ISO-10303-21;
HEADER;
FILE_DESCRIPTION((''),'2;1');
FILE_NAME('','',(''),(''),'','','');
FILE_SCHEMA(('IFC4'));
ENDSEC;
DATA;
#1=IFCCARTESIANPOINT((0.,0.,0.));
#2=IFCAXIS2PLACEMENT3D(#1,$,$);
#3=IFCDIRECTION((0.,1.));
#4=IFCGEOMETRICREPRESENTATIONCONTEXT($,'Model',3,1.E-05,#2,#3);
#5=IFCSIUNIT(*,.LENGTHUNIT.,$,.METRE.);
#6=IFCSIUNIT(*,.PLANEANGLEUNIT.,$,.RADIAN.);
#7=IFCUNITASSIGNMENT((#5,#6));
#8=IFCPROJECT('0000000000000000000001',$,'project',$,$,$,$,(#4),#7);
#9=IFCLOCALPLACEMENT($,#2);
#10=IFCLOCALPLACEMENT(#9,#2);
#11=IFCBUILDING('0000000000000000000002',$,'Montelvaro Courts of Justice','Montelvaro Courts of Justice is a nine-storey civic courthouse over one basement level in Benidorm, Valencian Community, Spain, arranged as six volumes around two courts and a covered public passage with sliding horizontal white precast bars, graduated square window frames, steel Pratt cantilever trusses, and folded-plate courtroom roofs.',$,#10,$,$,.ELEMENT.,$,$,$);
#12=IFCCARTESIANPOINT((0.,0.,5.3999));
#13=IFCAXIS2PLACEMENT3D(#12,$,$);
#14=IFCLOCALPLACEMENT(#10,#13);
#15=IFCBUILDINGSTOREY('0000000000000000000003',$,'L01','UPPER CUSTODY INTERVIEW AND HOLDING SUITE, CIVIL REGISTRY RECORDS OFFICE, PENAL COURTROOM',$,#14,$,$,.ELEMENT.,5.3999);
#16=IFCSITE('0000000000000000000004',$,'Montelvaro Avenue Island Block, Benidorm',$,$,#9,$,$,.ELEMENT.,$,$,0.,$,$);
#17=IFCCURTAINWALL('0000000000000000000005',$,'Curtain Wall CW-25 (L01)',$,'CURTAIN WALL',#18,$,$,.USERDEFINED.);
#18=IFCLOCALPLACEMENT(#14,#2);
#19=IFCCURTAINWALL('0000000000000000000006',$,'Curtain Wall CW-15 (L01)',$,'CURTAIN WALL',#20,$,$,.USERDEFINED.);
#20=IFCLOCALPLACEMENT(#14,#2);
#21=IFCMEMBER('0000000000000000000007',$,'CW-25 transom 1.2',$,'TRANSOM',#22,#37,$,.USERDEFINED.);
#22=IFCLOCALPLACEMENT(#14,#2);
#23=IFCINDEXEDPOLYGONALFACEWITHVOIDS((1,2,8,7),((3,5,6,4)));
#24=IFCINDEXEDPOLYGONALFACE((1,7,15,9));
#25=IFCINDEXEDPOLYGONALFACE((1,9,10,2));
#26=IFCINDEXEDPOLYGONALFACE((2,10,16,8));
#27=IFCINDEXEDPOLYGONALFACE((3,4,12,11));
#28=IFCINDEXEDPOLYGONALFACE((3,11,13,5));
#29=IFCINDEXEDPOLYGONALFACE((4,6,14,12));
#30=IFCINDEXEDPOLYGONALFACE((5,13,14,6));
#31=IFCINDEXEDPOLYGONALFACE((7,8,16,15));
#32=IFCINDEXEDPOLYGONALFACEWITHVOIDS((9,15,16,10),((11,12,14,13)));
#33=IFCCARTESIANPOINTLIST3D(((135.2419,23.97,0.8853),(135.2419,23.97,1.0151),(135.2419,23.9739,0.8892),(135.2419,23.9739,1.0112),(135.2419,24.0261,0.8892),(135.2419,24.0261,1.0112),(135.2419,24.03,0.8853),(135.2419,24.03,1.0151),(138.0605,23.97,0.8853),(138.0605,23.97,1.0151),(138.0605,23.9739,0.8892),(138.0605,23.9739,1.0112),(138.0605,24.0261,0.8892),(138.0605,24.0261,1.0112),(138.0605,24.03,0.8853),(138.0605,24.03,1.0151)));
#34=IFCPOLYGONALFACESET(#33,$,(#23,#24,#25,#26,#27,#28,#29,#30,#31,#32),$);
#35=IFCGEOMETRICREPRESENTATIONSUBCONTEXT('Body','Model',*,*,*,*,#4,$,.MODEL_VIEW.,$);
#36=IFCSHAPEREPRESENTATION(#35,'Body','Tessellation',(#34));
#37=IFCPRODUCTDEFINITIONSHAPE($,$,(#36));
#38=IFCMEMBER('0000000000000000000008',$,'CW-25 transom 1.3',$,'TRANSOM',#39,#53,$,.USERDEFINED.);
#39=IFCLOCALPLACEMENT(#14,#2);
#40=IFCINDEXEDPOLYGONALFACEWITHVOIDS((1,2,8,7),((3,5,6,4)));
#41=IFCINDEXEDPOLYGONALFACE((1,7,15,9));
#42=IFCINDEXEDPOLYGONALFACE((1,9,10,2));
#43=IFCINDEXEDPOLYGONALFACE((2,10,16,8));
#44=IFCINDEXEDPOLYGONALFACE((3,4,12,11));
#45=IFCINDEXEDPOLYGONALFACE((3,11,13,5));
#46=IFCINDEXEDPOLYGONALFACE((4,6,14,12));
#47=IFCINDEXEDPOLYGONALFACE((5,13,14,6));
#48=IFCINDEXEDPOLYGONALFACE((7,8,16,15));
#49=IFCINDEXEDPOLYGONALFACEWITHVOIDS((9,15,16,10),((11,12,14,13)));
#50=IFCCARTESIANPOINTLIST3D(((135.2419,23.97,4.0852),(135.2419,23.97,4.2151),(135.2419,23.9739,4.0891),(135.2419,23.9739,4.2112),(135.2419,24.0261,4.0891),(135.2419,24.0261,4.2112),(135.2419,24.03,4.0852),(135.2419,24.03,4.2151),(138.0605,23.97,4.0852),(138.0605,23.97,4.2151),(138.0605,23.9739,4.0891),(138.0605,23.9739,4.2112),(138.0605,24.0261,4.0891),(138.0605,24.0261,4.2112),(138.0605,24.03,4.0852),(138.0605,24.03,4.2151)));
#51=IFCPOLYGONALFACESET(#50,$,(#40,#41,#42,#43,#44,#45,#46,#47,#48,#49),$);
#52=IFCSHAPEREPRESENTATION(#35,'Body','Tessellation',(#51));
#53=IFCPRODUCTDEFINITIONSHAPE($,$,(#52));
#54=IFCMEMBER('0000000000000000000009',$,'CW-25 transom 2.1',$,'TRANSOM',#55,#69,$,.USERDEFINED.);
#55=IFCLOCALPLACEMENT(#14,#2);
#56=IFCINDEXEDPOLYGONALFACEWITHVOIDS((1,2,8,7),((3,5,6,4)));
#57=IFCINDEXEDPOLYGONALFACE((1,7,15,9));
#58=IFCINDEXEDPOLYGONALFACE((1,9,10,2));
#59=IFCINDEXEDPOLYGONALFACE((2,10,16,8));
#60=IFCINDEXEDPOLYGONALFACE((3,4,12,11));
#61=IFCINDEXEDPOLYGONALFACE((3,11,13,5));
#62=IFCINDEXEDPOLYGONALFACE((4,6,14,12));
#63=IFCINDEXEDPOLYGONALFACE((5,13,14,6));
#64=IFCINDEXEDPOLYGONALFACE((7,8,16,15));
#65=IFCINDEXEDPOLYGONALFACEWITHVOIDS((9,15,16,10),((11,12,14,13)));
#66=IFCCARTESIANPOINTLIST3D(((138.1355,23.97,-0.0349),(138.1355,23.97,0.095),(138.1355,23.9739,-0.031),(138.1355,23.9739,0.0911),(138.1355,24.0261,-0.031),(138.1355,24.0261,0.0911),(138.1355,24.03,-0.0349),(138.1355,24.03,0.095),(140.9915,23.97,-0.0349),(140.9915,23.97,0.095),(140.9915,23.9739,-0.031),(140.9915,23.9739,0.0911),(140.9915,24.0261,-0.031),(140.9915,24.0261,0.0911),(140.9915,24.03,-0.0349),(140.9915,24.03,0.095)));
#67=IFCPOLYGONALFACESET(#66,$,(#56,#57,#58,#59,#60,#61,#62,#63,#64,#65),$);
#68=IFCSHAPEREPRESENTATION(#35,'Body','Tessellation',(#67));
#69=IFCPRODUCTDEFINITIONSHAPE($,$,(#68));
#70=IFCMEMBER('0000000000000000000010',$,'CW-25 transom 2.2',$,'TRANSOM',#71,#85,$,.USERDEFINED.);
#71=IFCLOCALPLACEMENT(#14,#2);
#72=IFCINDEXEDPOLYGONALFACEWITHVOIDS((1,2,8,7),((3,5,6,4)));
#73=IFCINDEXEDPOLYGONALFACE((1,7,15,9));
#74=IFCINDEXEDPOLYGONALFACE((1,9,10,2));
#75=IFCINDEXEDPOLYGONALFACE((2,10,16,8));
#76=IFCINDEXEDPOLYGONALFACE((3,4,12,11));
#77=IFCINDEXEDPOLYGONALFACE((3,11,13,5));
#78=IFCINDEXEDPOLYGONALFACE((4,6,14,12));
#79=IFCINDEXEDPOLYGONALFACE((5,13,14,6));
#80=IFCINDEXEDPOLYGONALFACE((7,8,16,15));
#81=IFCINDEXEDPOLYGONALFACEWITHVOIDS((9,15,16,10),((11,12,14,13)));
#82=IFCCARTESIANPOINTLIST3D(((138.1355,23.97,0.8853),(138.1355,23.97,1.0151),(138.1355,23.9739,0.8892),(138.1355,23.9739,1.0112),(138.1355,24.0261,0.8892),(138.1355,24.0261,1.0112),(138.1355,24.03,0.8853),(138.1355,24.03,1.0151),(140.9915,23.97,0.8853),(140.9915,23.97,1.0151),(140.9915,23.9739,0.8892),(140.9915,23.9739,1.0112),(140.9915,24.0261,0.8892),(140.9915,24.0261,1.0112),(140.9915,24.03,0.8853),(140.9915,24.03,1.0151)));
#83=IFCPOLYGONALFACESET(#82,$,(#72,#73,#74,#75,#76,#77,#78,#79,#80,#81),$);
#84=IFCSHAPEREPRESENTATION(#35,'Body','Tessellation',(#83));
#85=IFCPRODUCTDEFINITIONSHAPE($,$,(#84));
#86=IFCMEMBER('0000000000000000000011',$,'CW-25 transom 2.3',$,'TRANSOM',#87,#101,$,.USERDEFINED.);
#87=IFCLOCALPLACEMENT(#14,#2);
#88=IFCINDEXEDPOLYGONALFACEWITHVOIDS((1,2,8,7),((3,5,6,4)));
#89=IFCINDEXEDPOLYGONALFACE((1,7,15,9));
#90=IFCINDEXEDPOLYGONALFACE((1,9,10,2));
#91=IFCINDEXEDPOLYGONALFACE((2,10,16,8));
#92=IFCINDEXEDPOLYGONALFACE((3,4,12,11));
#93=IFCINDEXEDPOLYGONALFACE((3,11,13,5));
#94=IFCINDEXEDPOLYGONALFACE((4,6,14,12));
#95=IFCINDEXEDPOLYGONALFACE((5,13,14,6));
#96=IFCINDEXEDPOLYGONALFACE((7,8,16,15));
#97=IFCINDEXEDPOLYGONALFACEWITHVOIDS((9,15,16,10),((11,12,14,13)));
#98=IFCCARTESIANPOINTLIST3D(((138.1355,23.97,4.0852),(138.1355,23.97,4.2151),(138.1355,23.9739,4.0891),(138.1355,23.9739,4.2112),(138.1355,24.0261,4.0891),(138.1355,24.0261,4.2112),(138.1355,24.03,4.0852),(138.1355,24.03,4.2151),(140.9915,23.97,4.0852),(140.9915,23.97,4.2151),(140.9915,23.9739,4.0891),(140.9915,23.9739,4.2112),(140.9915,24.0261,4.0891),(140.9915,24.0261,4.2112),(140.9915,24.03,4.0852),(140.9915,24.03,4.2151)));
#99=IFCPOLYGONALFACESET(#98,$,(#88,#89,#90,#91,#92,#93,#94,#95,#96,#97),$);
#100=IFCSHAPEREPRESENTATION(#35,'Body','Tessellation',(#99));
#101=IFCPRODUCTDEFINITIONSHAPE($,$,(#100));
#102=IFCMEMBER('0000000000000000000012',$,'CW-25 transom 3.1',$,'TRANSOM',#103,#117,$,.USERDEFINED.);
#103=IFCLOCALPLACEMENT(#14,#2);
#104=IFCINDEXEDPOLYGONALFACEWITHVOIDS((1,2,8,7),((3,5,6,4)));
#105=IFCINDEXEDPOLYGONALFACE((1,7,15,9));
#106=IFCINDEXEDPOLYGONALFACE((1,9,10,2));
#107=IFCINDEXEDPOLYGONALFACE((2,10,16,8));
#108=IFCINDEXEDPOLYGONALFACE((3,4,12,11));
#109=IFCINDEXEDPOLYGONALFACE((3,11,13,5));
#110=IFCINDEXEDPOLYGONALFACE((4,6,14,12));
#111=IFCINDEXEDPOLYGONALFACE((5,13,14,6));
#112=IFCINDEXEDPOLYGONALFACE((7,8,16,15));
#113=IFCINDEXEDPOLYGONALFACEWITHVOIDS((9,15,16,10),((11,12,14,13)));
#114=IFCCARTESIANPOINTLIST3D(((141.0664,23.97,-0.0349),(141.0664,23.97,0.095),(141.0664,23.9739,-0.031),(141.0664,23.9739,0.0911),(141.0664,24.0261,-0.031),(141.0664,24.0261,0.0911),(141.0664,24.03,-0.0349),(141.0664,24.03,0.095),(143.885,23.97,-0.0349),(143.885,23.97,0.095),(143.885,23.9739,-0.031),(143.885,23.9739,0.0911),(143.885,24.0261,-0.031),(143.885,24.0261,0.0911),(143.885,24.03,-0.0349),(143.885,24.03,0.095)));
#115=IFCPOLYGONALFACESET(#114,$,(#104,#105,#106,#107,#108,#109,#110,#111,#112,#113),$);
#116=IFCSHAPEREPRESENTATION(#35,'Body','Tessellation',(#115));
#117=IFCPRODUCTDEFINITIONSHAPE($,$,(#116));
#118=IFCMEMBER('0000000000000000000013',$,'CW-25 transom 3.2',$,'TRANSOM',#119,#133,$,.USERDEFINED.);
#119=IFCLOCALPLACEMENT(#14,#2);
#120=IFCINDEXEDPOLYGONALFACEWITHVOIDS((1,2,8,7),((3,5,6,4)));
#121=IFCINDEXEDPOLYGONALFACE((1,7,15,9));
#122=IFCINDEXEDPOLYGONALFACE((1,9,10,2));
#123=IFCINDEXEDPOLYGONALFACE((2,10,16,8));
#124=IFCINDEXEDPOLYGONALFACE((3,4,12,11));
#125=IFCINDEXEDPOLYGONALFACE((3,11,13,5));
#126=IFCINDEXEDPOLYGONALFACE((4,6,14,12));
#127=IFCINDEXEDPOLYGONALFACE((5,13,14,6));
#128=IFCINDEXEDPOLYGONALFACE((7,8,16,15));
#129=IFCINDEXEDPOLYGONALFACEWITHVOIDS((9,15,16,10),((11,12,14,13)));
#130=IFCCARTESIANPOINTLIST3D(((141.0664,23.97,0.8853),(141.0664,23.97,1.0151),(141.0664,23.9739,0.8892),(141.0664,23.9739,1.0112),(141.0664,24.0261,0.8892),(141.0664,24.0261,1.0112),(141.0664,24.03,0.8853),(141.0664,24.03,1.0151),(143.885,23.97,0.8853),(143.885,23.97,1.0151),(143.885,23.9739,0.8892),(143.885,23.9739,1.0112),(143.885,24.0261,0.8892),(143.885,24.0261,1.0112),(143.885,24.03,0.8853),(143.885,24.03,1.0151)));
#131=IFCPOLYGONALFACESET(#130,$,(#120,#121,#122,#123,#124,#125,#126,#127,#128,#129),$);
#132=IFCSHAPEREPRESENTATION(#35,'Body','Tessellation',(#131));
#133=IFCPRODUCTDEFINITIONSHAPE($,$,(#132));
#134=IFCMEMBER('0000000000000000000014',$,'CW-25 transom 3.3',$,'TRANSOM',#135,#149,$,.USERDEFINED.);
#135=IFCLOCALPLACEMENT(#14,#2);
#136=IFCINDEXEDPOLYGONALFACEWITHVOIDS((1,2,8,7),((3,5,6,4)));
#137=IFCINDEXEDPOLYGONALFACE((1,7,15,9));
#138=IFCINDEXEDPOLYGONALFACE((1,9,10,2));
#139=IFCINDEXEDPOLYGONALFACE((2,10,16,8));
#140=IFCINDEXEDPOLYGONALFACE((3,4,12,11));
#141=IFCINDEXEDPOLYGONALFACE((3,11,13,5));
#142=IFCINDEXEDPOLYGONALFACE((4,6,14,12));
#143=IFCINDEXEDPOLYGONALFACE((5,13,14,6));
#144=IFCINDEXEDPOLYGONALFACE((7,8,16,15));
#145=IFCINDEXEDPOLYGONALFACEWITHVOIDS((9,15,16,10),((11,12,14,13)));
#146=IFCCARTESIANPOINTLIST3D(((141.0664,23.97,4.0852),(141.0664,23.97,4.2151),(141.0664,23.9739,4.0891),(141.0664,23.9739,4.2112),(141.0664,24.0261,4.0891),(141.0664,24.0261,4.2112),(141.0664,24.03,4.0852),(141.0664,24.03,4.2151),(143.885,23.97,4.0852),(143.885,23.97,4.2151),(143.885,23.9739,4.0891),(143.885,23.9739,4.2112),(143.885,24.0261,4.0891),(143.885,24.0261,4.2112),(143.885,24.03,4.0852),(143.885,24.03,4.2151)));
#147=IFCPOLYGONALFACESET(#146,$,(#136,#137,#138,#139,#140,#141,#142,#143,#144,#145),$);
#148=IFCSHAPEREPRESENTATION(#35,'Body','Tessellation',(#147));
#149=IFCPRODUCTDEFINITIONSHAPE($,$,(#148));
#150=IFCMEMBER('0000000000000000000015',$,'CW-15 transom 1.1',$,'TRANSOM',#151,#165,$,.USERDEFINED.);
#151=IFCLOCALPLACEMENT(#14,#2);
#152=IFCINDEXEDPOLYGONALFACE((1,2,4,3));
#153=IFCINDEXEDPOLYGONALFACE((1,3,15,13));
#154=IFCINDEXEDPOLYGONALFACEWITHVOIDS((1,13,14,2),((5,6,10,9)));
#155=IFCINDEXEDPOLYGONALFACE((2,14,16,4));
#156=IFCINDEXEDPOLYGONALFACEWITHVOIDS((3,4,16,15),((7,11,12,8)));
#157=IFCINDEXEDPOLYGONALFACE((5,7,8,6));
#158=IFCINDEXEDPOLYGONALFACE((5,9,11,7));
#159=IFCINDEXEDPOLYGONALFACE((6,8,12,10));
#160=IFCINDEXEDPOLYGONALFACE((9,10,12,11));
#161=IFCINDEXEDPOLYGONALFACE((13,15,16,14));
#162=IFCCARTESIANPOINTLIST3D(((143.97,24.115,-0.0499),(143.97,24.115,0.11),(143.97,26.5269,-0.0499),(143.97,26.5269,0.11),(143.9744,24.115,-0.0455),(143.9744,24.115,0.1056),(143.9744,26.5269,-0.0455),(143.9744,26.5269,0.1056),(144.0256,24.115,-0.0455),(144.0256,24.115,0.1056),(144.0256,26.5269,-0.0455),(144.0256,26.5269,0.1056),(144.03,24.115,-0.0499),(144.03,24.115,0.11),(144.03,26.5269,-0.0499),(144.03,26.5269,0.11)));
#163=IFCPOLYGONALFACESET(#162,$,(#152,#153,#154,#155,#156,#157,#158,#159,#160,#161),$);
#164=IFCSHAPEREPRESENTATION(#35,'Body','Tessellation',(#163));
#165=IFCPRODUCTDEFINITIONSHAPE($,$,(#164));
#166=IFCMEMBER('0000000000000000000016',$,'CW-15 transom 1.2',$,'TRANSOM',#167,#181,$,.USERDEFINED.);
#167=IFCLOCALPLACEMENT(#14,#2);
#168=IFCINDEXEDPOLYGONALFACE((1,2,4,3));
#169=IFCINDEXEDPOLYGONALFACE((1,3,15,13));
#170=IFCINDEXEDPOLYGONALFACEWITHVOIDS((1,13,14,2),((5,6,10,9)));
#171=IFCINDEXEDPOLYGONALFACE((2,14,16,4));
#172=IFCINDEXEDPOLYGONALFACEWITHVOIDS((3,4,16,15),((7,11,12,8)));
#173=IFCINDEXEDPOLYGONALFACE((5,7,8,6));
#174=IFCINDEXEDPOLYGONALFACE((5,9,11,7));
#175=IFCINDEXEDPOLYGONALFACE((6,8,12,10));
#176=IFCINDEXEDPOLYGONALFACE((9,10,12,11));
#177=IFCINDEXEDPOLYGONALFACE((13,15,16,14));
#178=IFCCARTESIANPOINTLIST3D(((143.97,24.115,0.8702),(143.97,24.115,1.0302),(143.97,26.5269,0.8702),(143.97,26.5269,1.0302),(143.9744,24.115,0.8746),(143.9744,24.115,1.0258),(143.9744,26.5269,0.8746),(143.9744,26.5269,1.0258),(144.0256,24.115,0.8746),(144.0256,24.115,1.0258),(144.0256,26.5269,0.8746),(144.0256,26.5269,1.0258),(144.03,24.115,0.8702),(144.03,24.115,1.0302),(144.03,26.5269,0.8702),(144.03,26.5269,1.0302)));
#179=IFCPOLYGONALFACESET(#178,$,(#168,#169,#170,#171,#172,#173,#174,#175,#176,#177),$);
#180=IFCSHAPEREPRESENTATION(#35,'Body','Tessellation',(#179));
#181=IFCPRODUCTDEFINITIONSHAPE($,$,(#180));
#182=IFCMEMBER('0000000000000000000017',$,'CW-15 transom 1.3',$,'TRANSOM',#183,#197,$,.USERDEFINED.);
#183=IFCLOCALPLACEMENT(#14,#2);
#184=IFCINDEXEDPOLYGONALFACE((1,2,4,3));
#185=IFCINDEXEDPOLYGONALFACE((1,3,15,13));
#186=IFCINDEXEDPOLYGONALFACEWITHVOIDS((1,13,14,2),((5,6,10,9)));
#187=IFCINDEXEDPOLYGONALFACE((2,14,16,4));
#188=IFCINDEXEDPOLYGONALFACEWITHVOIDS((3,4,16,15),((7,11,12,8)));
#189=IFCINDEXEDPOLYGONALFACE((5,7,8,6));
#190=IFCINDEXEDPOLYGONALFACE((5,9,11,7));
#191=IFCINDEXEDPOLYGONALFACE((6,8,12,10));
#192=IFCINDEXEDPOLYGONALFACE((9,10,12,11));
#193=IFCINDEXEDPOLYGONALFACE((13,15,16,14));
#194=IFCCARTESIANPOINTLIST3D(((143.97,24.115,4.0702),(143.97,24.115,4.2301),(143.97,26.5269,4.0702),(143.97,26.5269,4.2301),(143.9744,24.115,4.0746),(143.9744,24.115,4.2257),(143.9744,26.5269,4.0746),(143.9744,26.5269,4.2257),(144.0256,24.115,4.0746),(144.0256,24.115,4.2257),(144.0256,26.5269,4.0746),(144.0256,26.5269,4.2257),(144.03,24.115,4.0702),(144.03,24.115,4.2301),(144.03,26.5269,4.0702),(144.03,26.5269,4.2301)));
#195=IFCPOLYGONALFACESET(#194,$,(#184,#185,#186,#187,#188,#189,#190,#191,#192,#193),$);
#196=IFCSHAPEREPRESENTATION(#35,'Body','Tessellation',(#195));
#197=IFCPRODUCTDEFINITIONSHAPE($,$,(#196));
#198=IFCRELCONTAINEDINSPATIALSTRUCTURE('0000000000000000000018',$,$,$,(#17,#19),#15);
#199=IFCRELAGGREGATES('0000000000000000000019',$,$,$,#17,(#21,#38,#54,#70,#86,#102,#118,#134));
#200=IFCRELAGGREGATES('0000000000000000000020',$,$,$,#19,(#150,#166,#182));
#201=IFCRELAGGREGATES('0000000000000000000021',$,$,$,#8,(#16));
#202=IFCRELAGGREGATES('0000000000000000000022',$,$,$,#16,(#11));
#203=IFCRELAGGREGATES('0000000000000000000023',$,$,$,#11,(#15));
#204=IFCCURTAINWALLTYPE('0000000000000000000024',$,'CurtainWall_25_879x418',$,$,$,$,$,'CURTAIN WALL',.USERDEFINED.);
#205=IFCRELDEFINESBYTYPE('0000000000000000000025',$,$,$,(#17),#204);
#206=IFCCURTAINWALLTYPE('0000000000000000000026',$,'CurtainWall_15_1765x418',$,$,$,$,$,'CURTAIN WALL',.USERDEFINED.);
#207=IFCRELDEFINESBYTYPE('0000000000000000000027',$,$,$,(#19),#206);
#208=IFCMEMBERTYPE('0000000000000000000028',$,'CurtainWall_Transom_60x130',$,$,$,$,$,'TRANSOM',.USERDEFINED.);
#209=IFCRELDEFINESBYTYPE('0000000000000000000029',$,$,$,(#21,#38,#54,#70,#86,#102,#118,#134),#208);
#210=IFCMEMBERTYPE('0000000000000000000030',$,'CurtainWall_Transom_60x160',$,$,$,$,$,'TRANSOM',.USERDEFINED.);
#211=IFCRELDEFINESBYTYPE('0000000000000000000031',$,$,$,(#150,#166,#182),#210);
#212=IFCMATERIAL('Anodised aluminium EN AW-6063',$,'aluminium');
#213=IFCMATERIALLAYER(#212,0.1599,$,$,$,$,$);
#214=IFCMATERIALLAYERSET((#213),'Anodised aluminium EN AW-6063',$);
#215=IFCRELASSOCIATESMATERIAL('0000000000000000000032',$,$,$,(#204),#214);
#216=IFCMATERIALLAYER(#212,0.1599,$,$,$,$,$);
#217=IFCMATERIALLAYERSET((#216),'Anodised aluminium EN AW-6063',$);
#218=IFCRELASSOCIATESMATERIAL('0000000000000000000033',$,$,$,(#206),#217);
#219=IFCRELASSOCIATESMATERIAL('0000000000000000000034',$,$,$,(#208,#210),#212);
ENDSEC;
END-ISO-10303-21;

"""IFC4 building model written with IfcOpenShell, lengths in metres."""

from ifc_helpers import new_model, si_unit, direction, frame, origin, origin_2d, place, context, subcontext, project, spatial, hollow_rectangle, extrude, material, layer, layer_set, material_profile, profile_set, type_object, element, aggregate, save


model = new_model("IFC4")

# Units and contexts
model_context = context("Model", 3, precision=1e-05, world=origin(), true_north=direction((0.0, 1.0)))
body_context = subcontext(model_context, "Body", "Model", "MODEL_VIEW")
ifc_project = project(units=[si_unit("LENGTHUNIT", "METRE"), si_unit("PLANEANGLEUNIT", "RADIAN")], contexts=[model_context])

# Site, building, storey
site_placement = place(None, origin())
site = spatial("IfcSite", under=ifc_project, at=site_placement, Name="Montelvaro Avenue Island Block, Benidorm", CompositionType="ELEMENT", RefElevation=0.0)
building_placement = place(site_placement, origin())
building = spatial("IfcBuilding", under=site, at=building_placement, Name="Montelvaro Courts of Justice", Description="Montelvaro Courts of Justice is a nine-storey civic courthouse over one basement level in Benidorm, Valencian Community, Spain, arranged as six volumes around two courts and a covered public passage with sliding horizontal white precast bars, graduated square window frames, steel Pratt cantilever trusses, and folded-plate courtroom roofs.", CompositionType="ELEMENT")
storey_placement = place(building_placement, frame((0.0, 0.0, 5.3999)))
storey = spatial("IfcBuildingStorey", under=building, at=storey_placement, Name="L01", Description="UPPER CUSTODY INTERVIEW AND HOLDING SUITE, CIVIL REGISTRY RECORDS OFFICE, PENAL COURTROOM", CompositionType="ELEMENT", Elevation=5.3999)

# Curtain wall
ifc_material_1 = material(Name="Anodised aluminium EN AW-6063", Category="aluminium")
ifc_layer_1 = layer(ifc_material_1, 0.1599)
ifc_layer_set_1 = layer_set([ifc_layer_1], Name="Anodised aluminium EN AW-6063")
curtain_wall_type_1 = type_object("IfcCurtainWallType", Name="CurtainWall_25_879x418", ElementType="CURTAIN WALL", PredefinedType="USERDEFINED", material=ifc_layer_set_1)
curtain_wall_1_placement = place(storey_placement, origin())
curtain_wall_1 = element("IfcCurtainWall", 1, at=curtain_wall_1_placement, inside=storey, type_object=curtain_wall_type_1, Name="Curtain Wall CW-25 (L01)", ObjectType="CURTAIN WALL", PredefinedType="USERDEFINED")

# Curtain wall
ifc_layer_2 = layer(ifc_material_1, 0.1599)
ifc_layer_set_2 = layer_set([ifc_layer_2], Name="Anodised aluminium EN AW-6063")
curtain_wall_type_2 = type_object("IfcCurtainWallType", Name="CurtainWall_15_1765x418", ElementType="CURTAIN WALL", PredefinedType="USERDEFINED", material=ifc_layer_set_2)
curtain_wall_2_placement = place(storey_placement, origin())
curtain_wall_2 = element("IfcCurtainWall", 2, at=curtain_wall_2_placement, inside=storey, type_object=curtain_wall_type_2, Name="Curtain Wall CW-15 (L01)", ObjectType="CURTAIN WALL", PredefinedType="USERDEFINED")

# Members
ifc_material_profile_1 = material_profile(ifc_material_1, hollow_rectangle(XDim=0.0601, YDim=0.1299, WallThickness=0.0039, at=origin_2d()), Name="ALU-T 60x130")
ifc_profile_set_1 = profile_set([ifc_material_profile_1], Name="Anodised aluminium EN AW-6063")
member_type_1 = type_object("IfcMemberType", Name="CurtainWall_Transom_60x130", ElementType="TRANSOM", PredefinedType="USERDEFINED", material=ifc_profile_set_1)
member_1_placement = place(storey_placement, frame((135.2419, 24.0, 0.9502), z_axis=(1.0, 0.0, 0.0), x_axis=(0.0, 1.0, 0.0)))
member_1 = element("IfcMember", 3, at=member_1_placement, type_object=member_type_1, Name="CW-25 transom 1.2", ObjectType="TRANSOM", PredefinedType="USERDEFINED", context=body_context, shape_type="SweptSolid", body=[
    extrude(hollow_rectangle(XDim=0.0601, YDim=0.1299, WallThickness=0.0039, at=origin_2d()), origin(), (0.0, 0.0, 1.0), 2.8186),
])
member_2_placement = place(storey_placement, frame((135.2419, 24.0, 4.1501), z_axis=(1.0, 0.0, 0.0), x_axis=(0.0, 1.0, 0.0)))
member_2 = element("IfcMember", 4, at=member_2_placement, type_object=member_type_1, Name="CW-25 transom 1.3", ObjectType="TRANSOM", PredefinedType="USERDEFINED", context=body_context, shape_type="SweptSolid", body=[
    extrude(hollow_rectangle(XDim=0.0601, YDim=0.1299, WallThickness=0.0039, at=origin_2d()), origin(), (0.0, 0.0, 1.0), 2.8186),
])
member_3_placement = place(storey_placement, frame((138.1355, 24.0, 0.03), z_axis=(1.0, 0.0, 0.0), x_axis=(0.0, 1.0, 0.0)))
member_3 = element("IfcMember", 5, at=member_3_placement, type_object=member_type_1, Name="CW-25 transom 2.1", ObjectType="TRANSOM", PredefinedType="USERDEFINED", context=body_context, shape_type="SweptSolid", body=[
    extrude(hollow_rectangle(XDim=0.0601, YDim=0.1299, WallThickness=0.0039, at=origin_2d()), origin(), (0.0, 0.0, 1.0), 2.856),
])
member_4_placement = place(storey_placement, frame((138.1355, 24.0, 0.9502), z_axis=(1.0, 0.0, 0.0), x_axis=(0.0, 1.0, 0.0)))
member_4 = element("IfcMember", 6, at=member_4_placement, type_object=member_type_1, Name="CW-25 transom 2.2", ObjectType="TRANSOM", PredefinedType="USERDEFINED", context=body_context, shape_type="SweptSolid", body=[
    extrude(hollow_rectangle(XDim=0.0601, YDim=0.1299, WallThickness=0.0039, at=origin_2d()), origin(), (0.0, 0.0, 1.0), 2.856),
])
member_5_placement = place(storey_placement, frame((138.1355, 24.0, 4.1501), z_axis=(1.0, 0.0, 0.0), x_axis=(0.0, 1.0, 0.0)))
member_5 = element("IfcMember", 7, at=member_5_placement, type_object=member_type_1, Name="CW-25 transom 2.3", ObjectType="TRANSOM", PredefinedType="USERDEFINED", context=body_context, shape_type="SweptSolid", body=[
    extrude(hollow_rectangle(XDim=0.0601, YDim=0.1299, WallThickness=0.0039, at=origin_2d()), origin(), (0.0, 0.0, 1.0), 2.856),
])
member_6_placement = place(storey_placement, frame((141.0664, 24.0, 0.03), z_axis=(1.0, 0.0, 0.0), x_axis=(0.0, 1.0, 0.0)))
member_6 = element("IfcMember", 8, at=member_6_placement, type_object=member_type_1, Name="CW-25 transom 3.1", ObjectType="TRANSOM", PredefinedType="USERDEFINED", context=body_context, shape_type="SweptSolid", body=[
    extrude(hollow_rectangle(XDim=0.0601, YDim=0.1299, WallThickness=0.0039, at=origin_2d()), origin(), (0.0, 0.0, 1.0), 2.8186),
])
member_7_placement = place(storey_placement, frame((141.0664, 24.0, 0.9502), z_axis=(1.0, 0.0, 0.0), x_axis=(0.0, 1.0, 0.0)))
member_7 = element("IfcMember", 9, at=member_7_placement, type_object=member_type_1, Name="CW-25 transom 3.2", ObjectType="TRANSOM", PredefinedType="USERDEFINED", context=body_context, shape_type="SweptSolid", body=[
    extrude(hollow_rectangle(XDim=0.0601, YDim=0.1299, WallThickness=0.0039, at=origin_2d()), origin(), (0.0, 0.0, 1.0), 2.8186),
])
member_8_placement = place(storey_placement, frame((141.0664, 24.0, 4.1501), z_axis=(1.0, 0.0, 0.0), x_axis=(0.0, 1.0, 0.0)))
member_8 = element("IfcMember", 10, at=member_8_placement, type_object=member_type_1, Name="CW-25 transom 3.3", ObjectType="TRANSOM", PredefinedType="USERDEFINED", context=body_context, shape_type="SweptSolid", body=[
    extrude(hollow_rectangle(XDim=0.0601, YDim=0.1299, WallThickness=0.0039, at=origin_2d()), origin(), (0.0, 0.0, 1.0), 2.8186),
])
ifc_material_profile_2 = material_profile(ifc_material_1, hollow_rectangle(XDim=0.0601, YDim=0.1599, WallThickness=0.0044, at=origin_2d()), Name="ALU-T 60x160")
ifc_profile_set_2 = profile_set([ifc_material_profile_2], Name="Anodised aluminium EN AW-6063")
member_type_2 = type_object("IfcMemberType", Name="CurtainWall_Transom_60x160", ElementType="TRANSOM", PredefinedType="USERDEFINED", material=ifc_profile_set_2)
member_9_placement = place(storey_placement, frame((144.0, 24.115, 0.03), z_axis=(0.0, 1.0, 0.0), x_axis=(-1.0, 0.0, 0.0)))
member_9 = element("IfcMember", 11, at=member_9_placement, type_object=member_type_2, Name="CW-15 transom 1.1", ObjectType="TRANSOM", PredefinedType="USERDEFINED", context=body_context, shape_type="SweptSolid", body=[
    extrude(hollow_rectangle(XDim=0.0601, YDim=0.1599, WallThickness=0.0044, at=origin_2d()), origin(), (0.0, 0.0, 1.0), 2.4119),
])
member_10_placement = place(storey_placement, frame((144.0, 24.115, 0.9502), z_axis=(0.0, 1.0, 0.0), x_axis=(-1.0, 0.0, 0.0)))
member_10 = element("IfcMember", 12, at=member_10_placement, type_object=member_type_2, Name="CW-15 transom 1.2", ObjectType="TRANSOM", PredefinedType="USERDEFINED", context=body_context, shape_type="SweptSolid", body=[
    extrude(hollow_rectangle(XDim=0.0601, YDim=0.1599, WallThickness=0.0044, at=origin_2d()), origin(), (0.0, 0.0, 1.0), 2.4119),
])
member_11_placement = place(storey_placement, frame((144.0, 24.115, 4.1501), z_axis=(0.0, 1.0, 0.0), x_axis=(-1.0, 0.0, 0.0)))
member_11 = element("IfcMember", 13, at=member_11_placement, type_object=member_type_2, Name="CW-15 transom 1.3", ObjectType="TRANSOM", PredefinedType="USERDEFINED", context=body_context, shape_type="SweptSolid", body=[
    extrude(hollow_rectangle(XDim=0.0601, YDim=0.1599, WallThickness=0.0044, at=origin_2d()), origin(), (0.0, 0.0, 1.0), 2.4119),
])

aggregate(curtain_wall_1, [member_1, member_2, member_3, member_4, member_5, member_6, member_7, member_8])
aggregate(curtain_wall_2, [member_9, member_10, member_11])

save(model, "model.ifc")
